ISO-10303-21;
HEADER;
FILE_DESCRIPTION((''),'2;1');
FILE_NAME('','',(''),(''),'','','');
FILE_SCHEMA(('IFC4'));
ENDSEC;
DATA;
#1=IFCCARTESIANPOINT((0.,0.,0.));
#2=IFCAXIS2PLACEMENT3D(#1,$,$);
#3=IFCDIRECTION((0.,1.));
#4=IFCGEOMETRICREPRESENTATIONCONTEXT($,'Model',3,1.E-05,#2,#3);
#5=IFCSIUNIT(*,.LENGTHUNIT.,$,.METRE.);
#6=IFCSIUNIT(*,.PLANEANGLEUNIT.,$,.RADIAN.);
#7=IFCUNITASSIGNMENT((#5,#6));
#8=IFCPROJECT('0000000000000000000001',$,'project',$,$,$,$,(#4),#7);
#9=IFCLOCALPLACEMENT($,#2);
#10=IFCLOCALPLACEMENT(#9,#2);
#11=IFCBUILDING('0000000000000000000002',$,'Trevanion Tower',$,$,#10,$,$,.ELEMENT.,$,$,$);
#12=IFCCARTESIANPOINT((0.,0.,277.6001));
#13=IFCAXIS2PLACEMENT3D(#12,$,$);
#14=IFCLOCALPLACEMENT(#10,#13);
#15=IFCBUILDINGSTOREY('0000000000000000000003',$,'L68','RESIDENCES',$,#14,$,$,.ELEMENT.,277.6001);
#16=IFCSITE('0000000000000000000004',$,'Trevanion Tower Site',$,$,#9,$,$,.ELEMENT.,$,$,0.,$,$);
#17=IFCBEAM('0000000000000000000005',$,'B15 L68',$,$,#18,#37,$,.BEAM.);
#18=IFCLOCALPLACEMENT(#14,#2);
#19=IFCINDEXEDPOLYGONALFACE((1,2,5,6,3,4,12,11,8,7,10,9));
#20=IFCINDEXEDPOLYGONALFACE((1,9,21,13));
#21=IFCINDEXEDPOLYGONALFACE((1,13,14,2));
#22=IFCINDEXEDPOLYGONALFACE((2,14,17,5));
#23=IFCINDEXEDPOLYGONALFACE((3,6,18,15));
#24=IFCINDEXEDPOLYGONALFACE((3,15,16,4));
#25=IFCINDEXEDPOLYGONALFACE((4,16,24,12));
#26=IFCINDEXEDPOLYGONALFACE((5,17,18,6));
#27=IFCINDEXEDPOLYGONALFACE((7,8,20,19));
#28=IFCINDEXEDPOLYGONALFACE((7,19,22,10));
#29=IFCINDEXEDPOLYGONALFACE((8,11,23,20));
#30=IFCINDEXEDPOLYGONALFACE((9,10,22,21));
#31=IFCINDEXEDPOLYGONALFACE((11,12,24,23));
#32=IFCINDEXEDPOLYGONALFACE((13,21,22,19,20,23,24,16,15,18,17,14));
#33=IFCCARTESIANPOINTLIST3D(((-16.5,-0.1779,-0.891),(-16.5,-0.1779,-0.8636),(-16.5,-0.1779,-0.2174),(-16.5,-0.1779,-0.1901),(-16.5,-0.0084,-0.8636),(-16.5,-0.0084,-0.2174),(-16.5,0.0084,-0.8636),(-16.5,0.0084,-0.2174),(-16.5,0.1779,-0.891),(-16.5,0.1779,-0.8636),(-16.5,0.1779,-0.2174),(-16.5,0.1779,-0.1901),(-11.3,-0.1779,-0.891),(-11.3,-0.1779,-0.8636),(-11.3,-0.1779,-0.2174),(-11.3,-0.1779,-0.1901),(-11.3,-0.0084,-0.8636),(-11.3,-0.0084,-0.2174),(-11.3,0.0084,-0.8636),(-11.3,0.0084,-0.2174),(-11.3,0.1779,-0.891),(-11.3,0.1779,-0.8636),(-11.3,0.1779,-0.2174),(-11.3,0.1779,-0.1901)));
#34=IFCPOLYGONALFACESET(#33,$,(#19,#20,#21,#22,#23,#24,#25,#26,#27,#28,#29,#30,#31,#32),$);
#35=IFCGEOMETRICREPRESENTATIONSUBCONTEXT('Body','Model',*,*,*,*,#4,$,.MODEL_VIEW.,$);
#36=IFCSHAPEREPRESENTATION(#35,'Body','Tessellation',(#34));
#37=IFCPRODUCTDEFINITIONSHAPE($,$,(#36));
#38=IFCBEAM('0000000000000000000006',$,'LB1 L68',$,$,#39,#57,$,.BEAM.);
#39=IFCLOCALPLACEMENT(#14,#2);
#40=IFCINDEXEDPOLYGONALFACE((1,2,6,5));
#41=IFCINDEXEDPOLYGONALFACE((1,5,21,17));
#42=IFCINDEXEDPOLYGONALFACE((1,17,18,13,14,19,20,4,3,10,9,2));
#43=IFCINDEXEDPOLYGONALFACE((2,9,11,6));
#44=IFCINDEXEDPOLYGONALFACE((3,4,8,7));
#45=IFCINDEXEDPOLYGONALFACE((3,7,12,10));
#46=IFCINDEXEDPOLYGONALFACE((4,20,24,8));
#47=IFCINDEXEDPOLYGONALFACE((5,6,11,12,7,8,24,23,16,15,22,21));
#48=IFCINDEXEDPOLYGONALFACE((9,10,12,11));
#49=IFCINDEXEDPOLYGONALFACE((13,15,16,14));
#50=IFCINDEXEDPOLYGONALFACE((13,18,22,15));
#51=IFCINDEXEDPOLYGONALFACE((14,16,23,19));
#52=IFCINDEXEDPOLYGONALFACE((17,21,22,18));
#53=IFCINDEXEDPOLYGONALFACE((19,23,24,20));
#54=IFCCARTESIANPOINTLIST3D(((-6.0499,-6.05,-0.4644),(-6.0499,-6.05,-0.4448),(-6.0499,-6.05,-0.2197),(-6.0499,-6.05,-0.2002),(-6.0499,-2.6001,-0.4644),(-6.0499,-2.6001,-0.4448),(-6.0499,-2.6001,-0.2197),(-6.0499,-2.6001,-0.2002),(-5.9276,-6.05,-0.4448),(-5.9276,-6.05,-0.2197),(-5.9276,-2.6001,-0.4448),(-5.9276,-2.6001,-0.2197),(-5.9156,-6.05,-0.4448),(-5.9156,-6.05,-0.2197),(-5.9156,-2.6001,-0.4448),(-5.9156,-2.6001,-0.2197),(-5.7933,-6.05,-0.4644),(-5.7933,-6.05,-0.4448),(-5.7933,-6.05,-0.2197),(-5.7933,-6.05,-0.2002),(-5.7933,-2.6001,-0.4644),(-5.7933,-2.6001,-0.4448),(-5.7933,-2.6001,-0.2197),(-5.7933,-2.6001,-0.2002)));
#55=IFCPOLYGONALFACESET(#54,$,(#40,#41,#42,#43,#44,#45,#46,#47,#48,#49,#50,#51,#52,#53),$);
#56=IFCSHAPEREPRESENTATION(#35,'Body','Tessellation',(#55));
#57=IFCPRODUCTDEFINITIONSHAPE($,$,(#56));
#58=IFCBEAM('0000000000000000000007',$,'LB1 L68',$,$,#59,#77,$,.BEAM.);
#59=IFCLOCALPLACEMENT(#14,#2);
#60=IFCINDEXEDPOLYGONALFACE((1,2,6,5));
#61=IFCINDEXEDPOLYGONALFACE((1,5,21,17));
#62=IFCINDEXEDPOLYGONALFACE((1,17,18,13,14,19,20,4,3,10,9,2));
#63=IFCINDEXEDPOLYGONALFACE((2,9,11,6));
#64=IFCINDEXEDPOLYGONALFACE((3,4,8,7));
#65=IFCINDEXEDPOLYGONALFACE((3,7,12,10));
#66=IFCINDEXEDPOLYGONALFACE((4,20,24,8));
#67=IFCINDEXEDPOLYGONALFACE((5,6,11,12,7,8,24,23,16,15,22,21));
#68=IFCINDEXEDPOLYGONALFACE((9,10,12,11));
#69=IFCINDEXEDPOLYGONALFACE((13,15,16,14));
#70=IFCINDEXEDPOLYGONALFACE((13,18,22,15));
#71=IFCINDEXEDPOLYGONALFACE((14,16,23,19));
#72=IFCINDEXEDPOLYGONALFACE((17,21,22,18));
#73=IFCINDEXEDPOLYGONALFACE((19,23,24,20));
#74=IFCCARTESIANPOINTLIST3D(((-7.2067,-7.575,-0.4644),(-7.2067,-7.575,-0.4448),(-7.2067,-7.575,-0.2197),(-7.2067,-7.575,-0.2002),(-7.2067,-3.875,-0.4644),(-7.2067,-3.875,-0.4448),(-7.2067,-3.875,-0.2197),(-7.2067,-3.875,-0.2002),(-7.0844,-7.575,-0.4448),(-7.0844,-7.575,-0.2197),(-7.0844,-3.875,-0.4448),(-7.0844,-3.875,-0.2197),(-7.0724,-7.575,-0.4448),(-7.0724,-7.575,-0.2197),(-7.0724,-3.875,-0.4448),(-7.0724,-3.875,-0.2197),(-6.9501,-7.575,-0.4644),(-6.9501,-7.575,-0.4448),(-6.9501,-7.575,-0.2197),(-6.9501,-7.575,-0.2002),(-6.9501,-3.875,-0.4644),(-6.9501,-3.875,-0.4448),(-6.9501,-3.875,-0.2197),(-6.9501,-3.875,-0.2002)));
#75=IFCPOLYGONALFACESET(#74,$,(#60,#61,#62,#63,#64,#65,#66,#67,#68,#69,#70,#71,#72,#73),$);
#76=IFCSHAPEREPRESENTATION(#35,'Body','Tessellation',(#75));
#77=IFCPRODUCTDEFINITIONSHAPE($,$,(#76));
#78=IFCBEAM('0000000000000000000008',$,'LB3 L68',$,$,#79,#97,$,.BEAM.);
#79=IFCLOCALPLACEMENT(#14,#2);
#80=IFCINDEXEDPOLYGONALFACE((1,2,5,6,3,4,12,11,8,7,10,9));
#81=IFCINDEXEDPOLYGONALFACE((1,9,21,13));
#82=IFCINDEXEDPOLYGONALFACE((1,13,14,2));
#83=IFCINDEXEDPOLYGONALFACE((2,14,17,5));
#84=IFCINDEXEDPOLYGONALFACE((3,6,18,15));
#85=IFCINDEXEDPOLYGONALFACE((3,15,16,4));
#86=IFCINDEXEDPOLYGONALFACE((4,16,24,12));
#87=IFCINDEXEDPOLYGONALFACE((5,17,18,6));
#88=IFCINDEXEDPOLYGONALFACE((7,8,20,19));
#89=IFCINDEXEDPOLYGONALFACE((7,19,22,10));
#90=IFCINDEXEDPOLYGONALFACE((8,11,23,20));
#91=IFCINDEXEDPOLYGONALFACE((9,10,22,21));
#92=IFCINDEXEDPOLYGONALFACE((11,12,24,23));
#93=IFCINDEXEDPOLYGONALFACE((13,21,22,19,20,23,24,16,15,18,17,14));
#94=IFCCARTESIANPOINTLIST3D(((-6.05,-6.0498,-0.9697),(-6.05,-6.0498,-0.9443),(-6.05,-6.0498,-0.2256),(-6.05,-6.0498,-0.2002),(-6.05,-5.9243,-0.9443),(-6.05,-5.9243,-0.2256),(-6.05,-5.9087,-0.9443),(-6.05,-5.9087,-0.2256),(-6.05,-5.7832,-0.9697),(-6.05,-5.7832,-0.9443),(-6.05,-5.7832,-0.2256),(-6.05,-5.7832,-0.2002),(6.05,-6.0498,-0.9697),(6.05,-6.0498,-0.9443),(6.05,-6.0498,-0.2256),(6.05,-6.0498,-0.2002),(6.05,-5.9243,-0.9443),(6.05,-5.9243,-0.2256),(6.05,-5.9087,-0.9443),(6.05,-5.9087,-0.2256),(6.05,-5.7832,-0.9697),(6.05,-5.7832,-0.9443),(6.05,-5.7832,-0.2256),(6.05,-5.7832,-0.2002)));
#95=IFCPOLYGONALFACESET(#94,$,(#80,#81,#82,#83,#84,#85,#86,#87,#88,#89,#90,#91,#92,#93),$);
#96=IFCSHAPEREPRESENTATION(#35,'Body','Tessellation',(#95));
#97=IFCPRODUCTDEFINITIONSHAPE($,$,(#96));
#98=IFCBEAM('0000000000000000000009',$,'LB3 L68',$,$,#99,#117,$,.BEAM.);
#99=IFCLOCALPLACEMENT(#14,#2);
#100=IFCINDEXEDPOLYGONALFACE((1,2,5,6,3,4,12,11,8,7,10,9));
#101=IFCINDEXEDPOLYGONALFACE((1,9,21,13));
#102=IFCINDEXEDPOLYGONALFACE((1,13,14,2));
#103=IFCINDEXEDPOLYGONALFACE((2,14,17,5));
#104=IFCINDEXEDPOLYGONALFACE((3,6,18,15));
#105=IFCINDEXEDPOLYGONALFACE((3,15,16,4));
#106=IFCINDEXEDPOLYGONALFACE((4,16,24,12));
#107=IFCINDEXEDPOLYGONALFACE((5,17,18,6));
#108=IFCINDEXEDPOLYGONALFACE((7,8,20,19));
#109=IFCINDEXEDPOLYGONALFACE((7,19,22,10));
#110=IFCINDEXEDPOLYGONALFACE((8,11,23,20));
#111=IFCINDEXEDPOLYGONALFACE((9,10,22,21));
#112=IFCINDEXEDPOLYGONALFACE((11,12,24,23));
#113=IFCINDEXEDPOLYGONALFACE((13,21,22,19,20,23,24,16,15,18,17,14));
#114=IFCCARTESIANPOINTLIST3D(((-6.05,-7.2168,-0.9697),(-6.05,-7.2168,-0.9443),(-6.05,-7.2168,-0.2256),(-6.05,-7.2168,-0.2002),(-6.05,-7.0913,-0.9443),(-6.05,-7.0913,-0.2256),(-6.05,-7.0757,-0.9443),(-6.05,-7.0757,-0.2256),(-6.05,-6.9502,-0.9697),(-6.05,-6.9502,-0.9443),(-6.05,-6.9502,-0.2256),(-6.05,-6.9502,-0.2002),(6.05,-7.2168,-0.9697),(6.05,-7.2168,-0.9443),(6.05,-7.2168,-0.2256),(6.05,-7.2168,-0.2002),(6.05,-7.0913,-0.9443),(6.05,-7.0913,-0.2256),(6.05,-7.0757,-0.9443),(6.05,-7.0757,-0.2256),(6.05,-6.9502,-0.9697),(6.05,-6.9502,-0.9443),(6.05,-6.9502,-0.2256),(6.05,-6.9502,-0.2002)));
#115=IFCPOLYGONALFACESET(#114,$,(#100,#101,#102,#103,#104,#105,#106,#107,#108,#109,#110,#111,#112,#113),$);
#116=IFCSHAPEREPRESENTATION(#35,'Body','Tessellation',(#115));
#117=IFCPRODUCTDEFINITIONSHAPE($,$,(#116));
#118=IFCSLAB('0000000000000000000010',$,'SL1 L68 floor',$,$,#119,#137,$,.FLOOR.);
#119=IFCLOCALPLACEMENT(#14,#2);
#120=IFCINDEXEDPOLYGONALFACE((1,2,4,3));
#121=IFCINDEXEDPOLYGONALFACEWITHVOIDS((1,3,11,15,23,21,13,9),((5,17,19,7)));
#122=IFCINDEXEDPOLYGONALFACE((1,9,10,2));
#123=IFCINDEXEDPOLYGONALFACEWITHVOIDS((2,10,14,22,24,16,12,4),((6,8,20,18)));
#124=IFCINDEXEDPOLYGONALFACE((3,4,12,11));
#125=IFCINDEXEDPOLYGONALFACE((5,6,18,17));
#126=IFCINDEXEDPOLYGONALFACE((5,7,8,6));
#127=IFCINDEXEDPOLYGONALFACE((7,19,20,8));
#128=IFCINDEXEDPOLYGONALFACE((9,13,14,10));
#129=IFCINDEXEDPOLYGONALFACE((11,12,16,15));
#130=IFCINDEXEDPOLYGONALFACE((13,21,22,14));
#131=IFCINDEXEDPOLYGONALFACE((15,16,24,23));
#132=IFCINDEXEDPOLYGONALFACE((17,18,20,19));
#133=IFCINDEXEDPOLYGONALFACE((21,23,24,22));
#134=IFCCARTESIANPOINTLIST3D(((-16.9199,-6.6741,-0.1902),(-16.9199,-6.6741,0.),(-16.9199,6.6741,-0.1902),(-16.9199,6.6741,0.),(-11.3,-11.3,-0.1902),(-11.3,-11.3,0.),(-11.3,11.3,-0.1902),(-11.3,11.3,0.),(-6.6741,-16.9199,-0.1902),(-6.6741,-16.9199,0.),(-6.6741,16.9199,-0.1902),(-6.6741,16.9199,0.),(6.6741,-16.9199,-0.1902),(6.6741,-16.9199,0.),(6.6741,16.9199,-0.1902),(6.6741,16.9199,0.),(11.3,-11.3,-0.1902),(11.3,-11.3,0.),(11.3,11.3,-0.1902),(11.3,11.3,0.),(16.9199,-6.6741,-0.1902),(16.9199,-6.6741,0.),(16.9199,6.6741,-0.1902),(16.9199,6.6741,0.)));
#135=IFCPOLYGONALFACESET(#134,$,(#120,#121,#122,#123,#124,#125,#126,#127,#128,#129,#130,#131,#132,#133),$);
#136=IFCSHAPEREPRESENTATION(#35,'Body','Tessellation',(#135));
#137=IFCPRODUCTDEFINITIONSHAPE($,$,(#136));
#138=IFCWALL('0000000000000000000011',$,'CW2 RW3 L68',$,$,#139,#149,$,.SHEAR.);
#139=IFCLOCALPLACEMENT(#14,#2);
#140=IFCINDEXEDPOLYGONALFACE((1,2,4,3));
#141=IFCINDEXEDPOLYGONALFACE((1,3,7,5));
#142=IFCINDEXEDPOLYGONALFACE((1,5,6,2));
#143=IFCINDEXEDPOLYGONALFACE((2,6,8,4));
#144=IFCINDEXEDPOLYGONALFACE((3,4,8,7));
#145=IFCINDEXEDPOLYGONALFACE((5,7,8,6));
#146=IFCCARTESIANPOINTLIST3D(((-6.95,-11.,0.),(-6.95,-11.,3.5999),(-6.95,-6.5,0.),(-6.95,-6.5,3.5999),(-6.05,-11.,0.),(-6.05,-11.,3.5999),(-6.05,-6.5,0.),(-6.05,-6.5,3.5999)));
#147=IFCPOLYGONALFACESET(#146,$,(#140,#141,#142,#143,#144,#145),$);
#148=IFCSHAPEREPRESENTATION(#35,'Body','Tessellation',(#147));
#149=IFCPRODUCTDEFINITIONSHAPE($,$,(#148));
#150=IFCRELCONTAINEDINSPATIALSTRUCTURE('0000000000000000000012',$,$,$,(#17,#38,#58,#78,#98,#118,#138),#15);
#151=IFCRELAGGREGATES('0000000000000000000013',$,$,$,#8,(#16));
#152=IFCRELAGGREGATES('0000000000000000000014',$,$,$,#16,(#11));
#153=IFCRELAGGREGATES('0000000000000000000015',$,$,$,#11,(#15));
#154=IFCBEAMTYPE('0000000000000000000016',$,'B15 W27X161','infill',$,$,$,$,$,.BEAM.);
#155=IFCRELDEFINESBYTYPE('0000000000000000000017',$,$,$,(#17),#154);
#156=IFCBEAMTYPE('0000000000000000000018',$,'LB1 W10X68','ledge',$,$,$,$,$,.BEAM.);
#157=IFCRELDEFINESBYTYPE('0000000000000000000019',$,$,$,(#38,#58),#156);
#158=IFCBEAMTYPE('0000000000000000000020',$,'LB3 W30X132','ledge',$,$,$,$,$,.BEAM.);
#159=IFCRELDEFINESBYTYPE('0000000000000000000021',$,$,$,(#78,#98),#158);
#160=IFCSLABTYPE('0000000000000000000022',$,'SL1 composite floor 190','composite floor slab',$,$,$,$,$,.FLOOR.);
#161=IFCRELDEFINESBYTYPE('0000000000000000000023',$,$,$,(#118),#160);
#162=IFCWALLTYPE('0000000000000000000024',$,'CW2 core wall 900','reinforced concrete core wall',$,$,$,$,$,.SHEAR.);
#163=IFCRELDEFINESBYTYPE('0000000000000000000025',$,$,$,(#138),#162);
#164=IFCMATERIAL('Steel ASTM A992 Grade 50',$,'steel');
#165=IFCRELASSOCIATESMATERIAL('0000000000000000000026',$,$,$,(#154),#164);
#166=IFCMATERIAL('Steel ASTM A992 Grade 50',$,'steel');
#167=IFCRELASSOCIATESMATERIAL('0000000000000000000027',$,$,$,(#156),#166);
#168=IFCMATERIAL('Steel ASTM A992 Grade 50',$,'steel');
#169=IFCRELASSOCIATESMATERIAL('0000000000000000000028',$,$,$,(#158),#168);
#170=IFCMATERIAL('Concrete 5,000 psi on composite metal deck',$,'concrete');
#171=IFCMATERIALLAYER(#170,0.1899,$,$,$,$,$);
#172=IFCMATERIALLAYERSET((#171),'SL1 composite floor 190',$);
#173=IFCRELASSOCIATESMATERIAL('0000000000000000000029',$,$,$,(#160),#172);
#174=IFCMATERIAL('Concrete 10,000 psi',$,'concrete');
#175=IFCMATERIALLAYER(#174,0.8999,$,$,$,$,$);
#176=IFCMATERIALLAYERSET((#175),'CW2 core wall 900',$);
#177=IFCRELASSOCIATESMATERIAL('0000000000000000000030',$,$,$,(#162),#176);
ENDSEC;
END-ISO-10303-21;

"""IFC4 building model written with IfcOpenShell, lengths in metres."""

from ifc_helpers import new_model, si_unit, direction, frame, frame_2d, origin, origin_2d, place, context, subcontext, project, spatial, polyline, rectangle, i_section, outline, extrude, material, layer, layer_set, material_profile, profile_set, type_object, element, save


model = new_model("IFC4")

# Units and contexts
model_context = context("Model", 3, precision=1e-05, world=origin(), true_north=direction((0.0, 1.0)))
body_context = subcontext(model_context, "Body", "Model", "MODEL_VIEW")
ifc_project = project(units=[si_unit("LENGTHUNIT", "METRE"), si_unit("PLANEANGLEUNIT", "RADIAN")], contexts=[model_context])

# Site, building, storey
site_placement = place(None, origin())
site = spatial("IfcSite", under=ifc_project, at=site_placement, Name="Trevanion Tower Site", CompositionType="ELEMENT", RefElevation=0.0)
building_placement = place(site_placement, origin())
building = spatial("IfcBuilding", under=site, at=building_placement, Name="Trevanion Tower", CompositionType="ELEMENT")
storey_placement = place(building_placement, frame((0.0, 0.0, 277.6001)))
storey = spatial("IfcBuildingStorey", under=building, at=storey_placement, Name="L68", Description="RESIDENCES", CompositionType="ELEMENT", Elevation=277.6001)

# Beams
ifc_material_1 = material(Name="Steel ASTM A992 Grade 50", Category="steel")
ifc_material_profile_1 = material_profile(ifc_material_1, i_section(OverallWidth=0.3557, OverallDepth=0.7009, WebThickness=0.0168, FlangeThickness=0.0273, at=origin_2d()), Name="W27X161")
ifc_profile_set_1 = profile_set([ifc_material_profile_1], Name="Steel ASTM A992 Grade 50")
beam_type_1 = type_object("IfcBeamType", Name="B15 W27X161", Description="infill", PredefinedType="BEAM", material=ifc_profile_set_1)
beam_1_placement = place(storey_placement, frame((-11.3, 0.0, -0.5405), z_axis=(-1.0, 0.0, 0.0), x_axis=(0.0, -1.0, 0.0)))
element("IfcBeam", 1, at=beam_1_placement, inside=storey, type_object=beam_type_1, Name="B15 L68", PredefinedType="BEAM", context=body_context, shape_type="SweptSolid", body=[
    extrude(i_section(OverallWidth=0.3557, OverallDepth=0.7009, WebThickness=0.0168, FlangeThickness=0.0273, at=origin_2d()), origin(), (0.0, 0.0, 1.0), 5.2),
])
ifc_material_2 = material(Name="Steel ASTM A992 Grade 50", Category="steel")
ifc_material_profile_2 = material_profile(ifc_material_2, i_section(OverallWidth=0.2566, OverallDepth=0.2642, WebThickness=0.012, FlangeThickness=0.0195, at=origin_2d()), Name="W10X68")
ifc_profile_set_2 = profile_set([ifc_material_profile_2], Name="Steel ASTM A992 Grade 50")
beam_type_2 = type_object("IfcBeamType", Name="LB1 W10X68", Description="ledge", PredefinedType="BEAM", material=ifc_profile_set_2)
beam_2_placement = place(storey_placement, frame((-5.9216, -6.05, -0.3323), z_axis=(0.0, 1.0, 0.0), x_axis=(-1.0, 0.0, 0.0)))
element("IfcBeam", 2, at=beam_2_placement, inside=storey, type_object=beam_type_2, Name="LB1 L68", PredefinedType="BEAM", context=body_context, shape_type="SweptSolid", body=[
    extrude(i_section(OverallWidth=0.2566, OverallDepth=0.2642, WebThickness=0.012, FlangeThickness=0.0195, at=origin_2d()), origin(), (0.0, 0.0, 1.0), 3.45),
])
beam_3_placement = place(storey_placement, frame((-7.0784, -7.575, -0.3323), z_axis=(0.0, 1.0, 0.0), x_axis=(-1.0, 0.0, 0.0)))
element("IfcBeam", 3, at=beam_3_placement, inside=storey, type_object=beam_type_2, Name="LB1 L68", PredefinedType="BEAM", context=body_context, shape_type="SweptSolid", body=[
    extrude(i_section(OverallWidth=0.2566, OverallDepth=0.2642, WebThickness=0.012, FlangeThickness=0.0195, at=origin_2d()), origin(), (0.0, 0.0, 1.0), 3.7),
])
ifc_material_3 = material(Name="Steel ASTM A992 Grade 50", Category="steel")
ifc_material_profile_3 = material_profile(ifc_material_3, i_section(OverallWidth=0.2666, OverallDepth=0.7695, WebThickness=0.0156, FlangeThickness=0.0254, at=origin_2d()), Name="W30X132")
ifc_profile_set_3 = profile_set([ifc_material_profile_3], Name="Steel ASTM A992 Grade 50")
beam_type_3 = type_object("IfcBeamType", Name="LB3 W30X132", Description="ledge", PredefinedType="BEAM", material=ifc_profile_set_3)
for number, where, z_axis, x_axis, name in (
    (4, (-6.05, -5.9165, -0.585), (1.0, 0.0, 0.0), (0.0, 1.0, 0.0), "LB3 L68"),
    (5, (-6.05, -7.0835, -0.585), (1.0, 0.0, 0.0), (0.0, 1.0, 0.0), "LB3 L68"),
):
    element("IfcBeam", number, at=place(storey_placement, frame(where, z_axis=z_axis, x_axis=x_axis)), inside=storey, type_object=beam_type_3, Name=name, PredefinedType="BEAM", context=body_context, shape_type="SweptSolid", body=[
        extrude(i_section(OverallWidth=0.2666, OverallDepth=0.7695, WebThickness=0.0156, FlangeThickness=0.0254, at=origin_2d()), origin(), (0.0, 0.0, 1.0), 12.1001),
    ])

# Slab
ifc_material_4 = material(Name="Concrete 5,000 psi on composite metal deck", Category="concrete")
ifc_layer_1 = layer(ifc_material_4, 0.1899)
ifc_layer_set_1 = layer_set([ifc_layer_1], Name="SL1 composite floor 190")
slab_type = type_object("IfcSlabType", Name="SL1 composite floor 190", Description="composite floor slab", PredefinedType="FLOOR", material=ifc_layer_set_1)
slab_placement = place(storey_placement, frame((0.0, 0.0, -0.1902)))
element("IfcSlab", 6, at=slab_placement, inside=storey, type_object=slab_type, Name="SL1 L68 floor", PredefinedType="FLOOR", context=body_context, shape_type="SweptSolid", body=[
    extrude(outline(polyline([(16.9199, -6.6741), (16.9199, 6.6741), (6.6741, 16.9199), (-6.6741, 16.9199), (-16.9199, 6.6741), (-16.9199, -6.6741), (-6.6741, -16.9199), (6.6741, -16.9199), (16.9199, -6.6741)]), holes=[polyline([(11.3, -11.3), (11.3, 11.3), (-11.3, 11.3), (-11.3, -11.3), (11.3, -11.3)])]), origin(), (0.0, 0.0, 1.0), 0.1902),
])

# Wall
ifc_material_5 = material(Name="Concrete 10,000 psi", Category="concrete")
ifc_layer_2 = layer(ifc_material_5, 0.8999)
ifc_layer_set_2 = layer_set([ifc_layer_2], Name="CW2 core wall 900")
wall_type_1 = type_object("IfcWallType", Name="CW2 core wall 900", Description="reinforced concrete core wall", PredefinedType="SHEAR", material=ifc_layer_set_2)
wall_1_placement = place(storey_placement, frame((-6.5, -6.5, 0.0), z_axis=(0.0, 0.0, 1.0), x_axis=(0.0, -1.0, 0.0)))
element("IfcWall", 7, at=wall_1_placement, inside=storey, type_object=wall_type_1, Name="CW2 RW3 L68", PredefinedType="SHEAR", context=body_context, shape_type="SweptSolid", body=[
    extrude(rectangle(XDim=4.5, YDim=0.8999, at=frame_2d((2.25, 0.0))), origin(), (0.0, 0.0, 1.0), 3.5999),
])

save(model, "model.ifc")
